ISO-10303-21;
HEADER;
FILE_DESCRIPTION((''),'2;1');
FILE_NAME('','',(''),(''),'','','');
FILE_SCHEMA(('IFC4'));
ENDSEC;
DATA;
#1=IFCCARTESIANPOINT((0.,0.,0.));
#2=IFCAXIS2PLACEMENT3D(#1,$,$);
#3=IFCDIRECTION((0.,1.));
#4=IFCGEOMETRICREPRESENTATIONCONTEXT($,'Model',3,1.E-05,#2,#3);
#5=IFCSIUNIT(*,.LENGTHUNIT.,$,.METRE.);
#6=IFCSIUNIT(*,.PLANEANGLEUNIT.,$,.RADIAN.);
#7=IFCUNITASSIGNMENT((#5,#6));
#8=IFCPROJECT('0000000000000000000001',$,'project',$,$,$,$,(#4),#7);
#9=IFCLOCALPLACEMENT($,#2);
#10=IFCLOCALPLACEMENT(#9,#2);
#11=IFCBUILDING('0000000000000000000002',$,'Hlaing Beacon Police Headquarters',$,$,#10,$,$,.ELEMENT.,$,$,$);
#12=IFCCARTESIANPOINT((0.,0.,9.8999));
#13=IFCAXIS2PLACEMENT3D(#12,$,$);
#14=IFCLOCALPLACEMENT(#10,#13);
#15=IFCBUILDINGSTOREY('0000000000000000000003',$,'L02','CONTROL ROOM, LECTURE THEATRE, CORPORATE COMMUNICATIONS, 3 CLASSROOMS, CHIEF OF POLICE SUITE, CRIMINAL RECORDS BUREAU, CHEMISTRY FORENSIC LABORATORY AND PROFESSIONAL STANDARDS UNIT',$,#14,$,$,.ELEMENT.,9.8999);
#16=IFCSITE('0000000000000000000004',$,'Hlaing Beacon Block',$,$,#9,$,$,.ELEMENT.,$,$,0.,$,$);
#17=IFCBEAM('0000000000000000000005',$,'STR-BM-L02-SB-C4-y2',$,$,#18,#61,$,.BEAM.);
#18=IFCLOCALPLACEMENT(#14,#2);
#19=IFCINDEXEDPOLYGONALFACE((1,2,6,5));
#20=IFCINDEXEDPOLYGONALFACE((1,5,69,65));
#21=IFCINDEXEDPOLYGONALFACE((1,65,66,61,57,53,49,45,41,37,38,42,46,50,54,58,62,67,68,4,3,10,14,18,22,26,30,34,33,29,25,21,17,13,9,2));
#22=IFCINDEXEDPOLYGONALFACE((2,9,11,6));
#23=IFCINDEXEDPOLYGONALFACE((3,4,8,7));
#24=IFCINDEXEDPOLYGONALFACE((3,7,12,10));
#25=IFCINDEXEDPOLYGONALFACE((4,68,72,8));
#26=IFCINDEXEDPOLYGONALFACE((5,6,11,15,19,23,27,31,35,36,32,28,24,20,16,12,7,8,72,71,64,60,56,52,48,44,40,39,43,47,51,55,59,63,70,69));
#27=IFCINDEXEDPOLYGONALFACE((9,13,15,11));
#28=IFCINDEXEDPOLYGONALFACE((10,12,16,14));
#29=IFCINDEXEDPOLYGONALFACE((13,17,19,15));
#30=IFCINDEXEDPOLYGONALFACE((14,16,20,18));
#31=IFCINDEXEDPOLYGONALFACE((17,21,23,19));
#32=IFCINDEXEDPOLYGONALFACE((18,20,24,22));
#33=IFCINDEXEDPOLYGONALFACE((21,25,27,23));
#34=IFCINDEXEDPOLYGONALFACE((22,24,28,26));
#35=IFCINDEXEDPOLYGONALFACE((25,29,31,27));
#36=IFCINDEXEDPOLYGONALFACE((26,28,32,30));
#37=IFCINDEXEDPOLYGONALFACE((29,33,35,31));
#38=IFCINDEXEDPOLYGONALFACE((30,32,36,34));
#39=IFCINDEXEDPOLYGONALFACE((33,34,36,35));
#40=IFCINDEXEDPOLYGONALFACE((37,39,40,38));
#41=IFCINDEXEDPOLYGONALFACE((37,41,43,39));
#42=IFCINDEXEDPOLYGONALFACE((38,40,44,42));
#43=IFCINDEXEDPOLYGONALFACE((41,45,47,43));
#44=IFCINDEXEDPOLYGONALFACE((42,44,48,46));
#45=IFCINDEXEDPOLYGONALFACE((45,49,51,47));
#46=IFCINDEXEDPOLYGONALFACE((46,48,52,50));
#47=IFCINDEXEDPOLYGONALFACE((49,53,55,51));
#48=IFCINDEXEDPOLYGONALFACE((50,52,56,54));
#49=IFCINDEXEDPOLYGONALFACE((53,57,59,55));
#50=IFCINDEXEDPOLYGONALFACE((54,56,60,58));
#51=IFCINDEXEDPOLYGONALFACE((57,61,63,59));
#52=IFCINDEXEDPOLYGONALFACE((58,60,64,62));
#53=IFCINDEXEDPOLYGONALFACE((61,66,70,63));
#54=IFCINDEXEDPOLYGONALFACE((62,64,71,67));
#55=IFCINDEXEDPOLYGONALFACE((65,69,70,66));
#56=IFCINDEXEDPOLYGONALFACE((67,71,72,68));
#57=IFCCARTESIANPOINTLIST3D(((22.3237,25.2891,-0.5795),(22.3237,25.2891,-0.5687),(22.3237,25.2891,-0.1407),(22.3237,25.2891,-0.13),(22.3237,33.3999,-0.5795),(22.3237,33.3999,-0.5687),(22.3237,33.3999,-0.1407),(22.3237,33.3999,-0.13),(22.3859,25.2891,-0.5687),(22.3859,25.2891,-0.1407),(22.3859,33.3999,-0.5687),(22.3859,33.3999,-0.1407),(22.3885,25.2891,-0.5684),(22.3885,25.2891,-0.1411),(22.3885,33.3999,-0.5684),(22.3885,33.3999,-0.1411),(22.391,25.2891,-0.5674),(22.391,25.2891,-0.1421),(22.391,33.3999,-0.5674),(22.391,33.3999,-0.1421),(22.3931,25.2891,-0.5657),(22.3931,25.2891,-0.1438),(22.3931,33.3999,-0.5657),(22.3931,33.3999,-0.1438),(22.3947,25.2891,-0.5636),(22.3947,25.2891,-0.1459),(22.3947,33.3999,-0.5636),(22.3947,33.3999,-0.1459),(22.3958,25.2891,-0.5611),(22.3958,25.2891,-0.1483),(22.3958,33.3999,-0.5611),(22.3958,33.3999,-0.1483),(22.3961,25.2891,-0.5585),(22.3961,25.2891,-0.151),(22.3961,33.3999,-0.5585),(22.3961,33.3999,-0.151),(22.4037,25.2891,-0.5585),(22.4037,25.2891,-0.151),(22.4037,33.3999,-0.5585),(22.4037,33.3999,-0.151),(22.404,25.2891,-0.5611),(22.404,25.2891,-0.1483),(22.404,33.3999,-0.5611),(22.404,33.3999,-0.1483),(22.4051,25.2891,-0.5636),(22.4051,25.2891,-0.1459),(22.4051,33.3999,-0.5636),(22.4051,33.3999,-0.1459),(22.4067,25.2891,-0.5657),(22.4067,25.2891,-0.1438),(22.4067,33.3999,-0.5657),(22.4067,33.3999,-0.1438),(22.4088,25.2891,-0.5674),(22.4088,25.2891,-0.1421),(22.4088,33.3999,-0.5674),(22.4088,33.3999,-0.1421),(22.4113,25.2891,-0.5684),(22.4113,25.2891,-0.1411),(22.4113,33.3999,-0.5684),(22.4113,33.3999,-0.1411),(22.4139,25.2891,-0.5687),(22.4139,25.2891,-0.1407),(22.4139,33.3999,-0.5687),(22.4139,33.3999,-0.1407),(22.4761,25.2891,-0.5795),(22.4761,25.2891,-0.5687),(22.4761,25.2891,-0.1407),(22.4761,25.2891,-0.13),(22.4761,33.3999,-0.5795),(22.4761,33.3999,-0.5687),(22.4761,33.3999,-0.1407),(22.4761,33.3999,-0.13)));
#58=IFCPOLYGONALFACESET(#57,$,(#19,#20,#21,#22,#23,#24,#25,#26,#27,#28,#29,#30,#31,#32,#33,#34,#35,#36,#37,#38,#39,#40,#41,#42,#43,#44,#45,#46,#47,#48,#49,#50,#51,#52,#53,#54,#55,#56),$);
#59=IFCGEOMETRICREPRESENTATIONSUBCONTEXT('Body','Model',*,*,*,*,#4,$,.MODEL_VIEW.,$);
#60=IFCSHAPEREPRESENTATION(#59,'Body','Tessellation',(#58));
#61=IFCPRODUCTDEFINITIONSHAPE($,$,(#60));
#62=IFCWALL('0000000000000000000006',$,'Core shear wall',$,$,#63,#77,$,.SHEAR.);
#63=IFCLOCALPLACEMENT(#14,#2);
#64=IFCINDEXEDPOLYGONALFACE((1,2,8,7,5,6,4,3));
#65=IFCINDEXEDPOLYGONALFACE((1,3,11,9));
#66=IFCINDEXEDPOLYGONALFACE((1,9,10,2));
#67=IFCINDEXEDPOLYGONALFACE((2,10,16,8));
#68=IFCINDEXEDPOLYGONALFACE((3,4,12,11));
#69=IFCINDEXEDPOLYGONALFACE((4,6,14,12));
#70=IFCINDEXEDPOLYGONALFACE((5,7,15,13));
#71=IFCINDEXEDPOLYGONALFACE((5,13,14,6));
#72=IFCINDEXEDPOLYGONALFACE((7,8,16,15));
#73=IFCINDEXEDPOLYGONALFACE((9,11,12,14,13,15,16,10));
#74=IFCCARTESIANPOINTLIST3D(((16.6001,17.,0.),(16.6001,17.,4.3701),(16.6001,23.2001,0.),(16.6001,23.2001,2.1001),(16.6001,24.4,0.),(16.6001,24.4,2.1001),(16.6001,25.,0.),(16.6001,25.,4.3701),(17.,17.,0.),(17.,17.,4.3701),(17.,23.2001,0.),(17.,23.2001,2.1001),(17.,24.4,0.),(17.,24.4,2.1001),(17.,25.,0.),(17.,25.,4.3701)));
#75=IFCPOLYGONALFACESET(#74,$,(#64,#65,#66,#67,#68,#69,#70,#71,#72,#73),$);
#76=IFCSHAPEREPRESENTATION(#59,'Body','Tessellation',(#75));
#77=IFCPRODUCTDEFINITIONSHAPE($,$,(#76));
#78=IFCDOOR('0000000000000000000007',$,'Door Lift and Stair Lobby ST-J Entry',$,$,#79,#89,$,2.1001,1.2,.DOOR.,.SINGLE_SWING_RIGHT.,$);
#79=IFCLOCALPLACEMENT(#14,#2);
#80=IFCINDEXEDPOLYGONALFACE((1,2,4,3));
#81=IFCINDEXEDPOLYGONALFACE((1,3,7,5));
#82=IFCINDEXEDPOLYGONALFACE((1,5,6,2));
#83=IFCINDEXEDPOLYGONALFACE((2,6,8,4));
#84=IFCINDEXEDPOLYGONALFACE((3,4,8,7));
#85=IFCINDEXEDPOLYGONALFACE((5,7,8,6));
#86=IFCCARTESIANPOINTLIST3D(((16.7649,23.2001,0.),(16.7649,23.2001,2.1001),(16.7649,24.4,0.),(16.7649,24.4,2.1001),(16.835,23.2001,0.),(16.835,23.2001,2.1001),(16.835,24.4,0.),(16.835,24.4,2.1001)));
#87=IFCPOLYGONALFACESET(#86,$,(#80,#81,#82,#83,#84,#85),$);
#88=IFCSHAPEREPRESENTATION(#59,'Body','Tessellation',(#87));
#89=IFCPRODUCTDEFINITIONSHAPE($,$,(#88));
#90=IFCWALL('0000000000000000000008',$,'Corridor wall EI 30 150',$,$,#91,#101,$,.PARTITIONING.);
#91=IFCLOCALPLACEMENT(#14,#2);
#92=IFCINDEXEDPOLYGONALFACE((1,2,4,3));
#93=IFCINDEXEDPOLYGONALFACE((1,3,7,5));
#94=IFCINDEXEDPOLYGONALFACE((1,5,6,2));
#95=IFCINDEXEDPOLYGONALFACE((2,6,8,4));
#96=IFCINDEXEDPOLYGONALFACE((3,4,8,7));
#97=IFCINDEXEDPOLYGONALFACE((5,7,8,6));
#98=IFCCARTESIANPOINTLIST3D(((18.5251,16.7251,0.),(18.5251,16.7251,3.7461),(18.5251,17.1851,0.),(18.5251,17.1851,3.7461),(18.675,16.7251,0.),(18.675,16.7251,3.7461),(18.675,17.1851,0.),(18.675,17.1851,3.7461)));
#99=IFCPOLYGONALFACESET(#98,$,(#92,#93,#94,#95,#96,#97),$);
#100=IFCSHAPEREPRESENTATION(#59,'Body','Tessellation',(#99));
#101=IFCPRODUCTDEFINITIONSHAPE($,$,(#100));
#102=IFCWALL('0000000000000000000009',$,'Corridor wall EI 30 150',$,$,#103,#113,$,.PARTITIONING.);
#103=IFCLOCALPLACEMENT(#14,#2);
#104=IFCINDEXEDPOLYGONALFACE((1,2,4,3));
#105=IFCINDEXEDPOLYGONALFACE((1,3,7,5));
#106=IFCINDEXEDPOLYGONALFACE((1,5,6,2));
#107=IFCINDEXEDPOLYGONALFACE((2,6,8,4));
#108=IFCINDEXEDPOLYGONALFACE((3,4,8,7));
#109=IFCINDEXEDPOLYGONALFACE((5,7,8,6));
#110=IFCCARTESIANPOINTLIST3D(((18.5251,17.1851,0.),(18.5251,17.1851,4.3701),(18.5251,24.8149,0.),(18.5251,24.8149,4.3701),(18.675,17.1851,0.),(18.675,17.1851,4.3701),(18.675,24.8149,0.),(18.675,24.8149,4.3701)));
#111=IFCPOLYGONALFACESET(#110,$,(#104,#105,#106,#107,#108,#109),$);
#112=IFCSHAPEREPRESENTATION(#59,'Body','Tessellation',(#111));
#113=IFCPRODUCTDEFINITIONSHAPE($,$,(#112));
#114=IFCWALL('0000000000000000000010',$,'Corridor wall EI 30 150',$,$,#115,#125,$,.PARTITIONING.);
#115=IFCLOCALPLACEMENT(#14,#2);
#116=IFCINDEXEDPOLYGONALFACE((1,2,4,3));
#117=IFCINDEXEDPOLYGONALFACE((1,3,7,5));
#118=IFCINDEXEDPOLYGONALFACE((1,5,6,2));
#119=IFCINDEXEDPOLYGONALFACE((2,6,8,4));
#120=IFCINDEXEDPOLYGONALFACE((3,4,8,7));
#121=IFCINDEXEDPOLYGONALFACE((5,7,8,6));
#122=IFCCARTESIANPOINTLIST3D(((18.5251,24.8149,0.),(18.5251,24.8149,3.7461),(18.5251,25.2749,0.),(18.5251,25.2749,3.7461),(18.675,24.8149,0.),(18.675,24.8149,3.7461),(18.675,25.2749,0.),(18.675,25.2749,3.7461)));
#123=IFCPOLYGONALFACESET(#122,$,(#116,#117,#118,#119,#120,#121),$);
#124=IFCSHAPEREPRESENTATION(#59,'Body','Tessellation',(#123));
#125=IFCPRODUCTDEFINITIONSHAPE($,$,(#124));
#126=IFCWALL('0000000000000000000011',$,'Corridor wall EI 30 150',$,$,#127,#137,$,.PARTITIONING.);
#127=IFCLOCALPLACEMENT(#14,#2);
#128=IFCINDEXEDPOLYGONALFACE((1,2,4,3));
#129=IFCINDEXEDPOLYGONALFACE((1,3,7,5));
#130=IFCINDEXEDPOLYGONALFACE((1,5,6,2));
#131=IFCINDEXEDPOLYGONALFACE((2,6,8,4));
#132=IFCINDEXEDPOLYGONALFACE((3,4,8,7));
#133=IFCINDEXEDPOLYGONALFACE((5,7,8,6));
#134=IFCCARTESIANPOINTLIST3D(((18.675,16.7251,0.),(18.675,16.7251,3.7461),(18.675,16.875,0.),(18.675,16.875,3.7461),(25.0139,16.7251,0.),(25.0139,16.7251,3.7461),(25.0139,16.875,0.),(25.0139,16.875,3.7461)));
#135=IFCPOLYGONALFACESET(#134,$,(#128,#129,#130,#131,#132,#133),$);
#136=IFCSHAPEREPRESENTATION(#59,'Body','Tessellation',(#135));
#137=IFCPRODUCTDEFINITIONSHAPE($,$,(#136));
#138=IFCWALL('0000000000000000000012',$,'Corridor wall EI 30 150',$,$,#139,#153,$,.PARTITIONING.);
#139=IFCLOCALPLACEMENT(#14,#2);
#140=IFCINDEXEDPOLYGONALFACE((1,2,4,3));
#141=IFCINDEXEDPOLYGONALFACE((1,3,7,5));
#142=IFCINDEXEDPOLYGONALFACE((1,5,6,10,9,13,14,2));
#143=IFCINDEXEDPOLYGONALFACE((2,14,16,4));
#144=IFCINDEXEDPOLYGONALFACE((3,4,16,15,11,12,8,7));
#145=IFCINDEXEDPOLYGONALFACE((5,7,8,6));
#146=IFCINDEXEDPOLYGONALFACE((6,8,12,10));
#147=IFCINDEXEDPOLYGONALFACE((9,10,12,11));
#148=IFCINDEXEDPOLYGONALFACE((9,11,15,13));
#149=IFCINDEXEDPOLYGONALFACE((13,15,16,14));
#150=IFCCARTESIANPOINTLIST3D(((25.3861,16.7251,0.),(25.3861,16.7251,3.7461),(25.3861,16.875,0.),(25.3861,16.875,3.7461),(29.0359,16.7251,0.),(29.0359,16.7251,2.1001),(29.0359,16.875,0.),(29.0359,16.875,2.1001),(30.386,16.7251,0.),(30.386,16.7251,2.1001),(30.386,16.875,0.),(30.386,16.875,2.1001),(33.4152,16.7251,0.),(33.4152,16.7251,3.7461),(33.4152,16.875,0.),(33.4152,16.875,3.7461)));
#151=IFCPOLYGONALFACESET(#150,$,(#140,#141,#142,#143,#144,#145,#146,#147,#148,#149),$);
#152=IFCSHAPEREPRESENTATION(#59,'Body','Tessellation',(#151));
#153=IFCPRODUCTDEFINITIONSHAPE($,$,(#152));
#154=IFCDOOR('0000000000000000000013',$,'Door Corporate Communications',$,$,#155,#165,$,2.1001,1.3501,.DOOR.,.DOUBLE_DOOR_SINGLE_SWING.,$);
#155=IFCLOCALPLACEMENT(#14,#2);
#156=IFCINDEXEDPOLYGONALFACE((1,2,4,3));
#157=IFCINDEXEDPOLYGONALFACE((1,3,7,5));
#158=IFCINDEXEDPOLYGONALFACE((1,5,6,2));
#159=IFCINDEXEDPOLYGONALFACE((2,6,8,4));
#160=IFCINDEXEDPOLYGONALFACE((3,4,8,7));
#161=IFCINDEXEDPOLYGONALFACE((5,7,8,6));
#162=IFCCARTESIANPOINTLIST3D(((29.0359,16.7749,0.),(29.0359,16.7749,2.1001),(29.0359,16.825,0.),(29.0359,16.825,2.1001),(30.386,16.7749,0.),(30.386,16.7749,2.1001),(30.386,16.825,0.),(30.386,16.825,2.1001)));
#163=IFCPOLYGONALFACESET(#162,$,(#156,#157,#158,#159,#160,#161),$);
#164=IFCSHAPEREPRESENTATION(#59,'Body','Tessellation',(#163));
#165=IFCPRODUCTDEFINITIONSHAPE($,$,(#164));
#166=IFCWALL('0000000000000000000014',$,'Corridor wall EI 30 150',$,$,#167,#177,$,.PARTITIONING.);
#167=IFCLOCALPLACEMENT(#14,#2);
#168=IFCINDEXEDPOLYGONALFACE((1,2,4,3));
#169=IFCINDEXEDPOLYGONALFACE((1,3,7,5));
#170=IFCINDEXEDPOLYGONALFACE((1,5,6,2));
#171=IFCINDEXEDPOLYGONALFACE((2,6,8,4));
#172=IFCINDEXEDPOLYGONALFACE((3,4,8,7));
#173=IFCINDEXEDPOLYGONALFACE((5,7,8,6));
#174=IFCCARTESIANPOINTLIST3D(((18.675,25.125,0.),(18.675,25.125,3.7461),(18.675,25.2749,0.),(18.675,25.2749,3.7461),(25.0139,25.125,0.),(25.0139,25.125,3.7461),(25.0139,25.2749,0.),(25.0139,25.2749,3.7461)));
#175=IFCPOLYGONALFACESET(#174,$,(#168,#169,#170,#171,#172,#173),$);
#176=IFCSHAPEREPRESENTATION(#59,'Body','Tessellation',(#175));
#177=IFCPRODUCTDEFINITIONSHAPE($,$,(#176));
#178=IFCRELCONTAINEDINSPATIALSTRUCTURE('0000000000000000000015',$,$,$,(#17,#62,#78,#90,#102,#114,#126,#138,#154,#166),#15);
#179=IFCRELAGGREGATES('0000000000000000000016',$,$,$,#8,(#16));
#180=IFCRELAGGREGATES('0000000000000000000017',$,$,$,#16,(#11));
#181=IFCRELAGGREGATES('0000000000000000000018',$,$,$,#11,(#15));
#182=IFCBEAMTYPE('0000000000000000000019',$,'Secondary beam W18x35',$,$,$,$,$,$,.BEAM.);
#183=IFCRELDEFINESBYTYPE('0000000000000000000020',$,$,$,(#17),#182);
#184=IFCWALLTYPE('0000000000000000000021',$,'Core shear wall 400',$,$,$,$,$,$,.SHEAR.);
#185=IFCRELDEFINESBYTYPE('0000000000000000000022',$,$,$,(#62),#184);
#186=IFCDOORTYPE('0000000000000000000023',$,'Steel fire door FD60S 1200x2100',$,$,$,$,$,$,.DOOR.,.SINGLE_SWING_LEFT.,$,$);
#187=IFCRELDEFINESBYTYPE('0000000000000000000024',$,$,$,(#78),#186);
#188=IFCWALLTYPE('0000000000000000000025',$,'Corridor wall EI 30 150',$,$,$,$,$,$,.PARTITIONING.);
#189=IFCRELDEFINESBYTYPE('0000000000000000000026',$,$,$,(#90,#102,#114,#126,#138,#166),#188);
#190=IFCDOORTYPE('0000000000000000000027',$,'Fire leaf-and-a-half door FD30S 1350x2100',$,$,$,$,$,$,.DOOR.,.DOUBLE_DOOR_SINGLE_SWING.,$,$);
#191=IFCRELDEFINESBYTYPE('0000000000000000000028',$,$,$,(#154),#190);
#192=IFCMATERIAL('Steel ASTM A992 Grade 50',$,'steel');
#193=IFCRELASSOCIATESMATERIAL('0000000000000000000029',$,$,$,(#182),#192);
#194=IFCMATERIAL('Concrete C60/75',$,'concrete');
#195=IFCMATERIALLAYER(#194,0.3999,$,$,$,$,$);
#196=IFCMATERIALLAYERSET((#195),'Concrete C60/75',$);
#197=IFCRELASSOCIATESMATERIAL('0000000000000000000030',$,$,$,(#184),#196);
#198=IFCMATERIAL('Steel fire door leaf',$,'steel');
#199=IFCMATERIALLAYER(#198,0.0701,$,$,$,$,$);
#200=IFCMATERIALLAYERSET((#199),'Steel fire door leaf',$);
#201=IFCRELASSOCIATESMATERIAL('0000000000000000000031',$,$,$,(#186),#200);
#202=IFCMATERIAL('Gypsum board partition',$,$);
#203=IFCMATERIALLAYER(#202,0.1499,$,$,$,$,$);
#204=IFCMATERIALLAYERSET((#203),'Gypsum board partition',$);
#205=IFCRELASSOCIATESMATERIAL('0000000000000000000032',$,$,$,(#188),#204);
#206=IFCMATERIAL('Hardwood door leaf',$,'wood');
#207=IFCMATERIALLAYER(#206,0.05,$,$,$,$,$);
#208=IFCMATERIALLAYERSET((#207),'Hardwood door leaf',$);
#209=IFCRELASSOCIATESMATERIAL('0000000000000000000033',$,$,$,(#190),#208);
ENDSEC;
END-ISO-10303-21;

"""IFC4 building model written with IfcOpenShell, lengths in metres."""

from ifc_helpers import new_model, si_unit, direction, frame, frame_2d, origin, origin_2d, place, context, subcontext, project, spatial, rectangle, i_section, extrude, material, layer, layer_set, material_profile, profile_set, type_object, element, fill, save


model = new_model("IFC4")

# Units and contexts
model_context = context("Model", 3, precision=1e-05, world=origin(), true_north=direction((0.0, 1.0)))
body_context = subcontext(model_context, "Body", "Model", "MODEL_VIEW")
ifc_project = project(units=[si_unit("LENGTHUNIT", "METRE"), si_unit("PLANEANGLEUNIT", "RADIAN")], contexts=[model_context])

# Site, building, storey
site_placement = place(None, origin())
site = spatial("IfcSite", under=ifc_project, at=site_placement, Name="Hlaing Beacon Block", CompositionType="ELEMENT", RefElevation=0.0)
building_placement = place(site_placement, origin())
building = spatial("IfcBuilding", under=site, at=building_placement, Name="Hlaing Beacon Police Headquarters", CompositionType="ELEMENT")
storey_placement = place(building_placement, frame((0.0, 0.0, 9.8999)))
storey = spatial("IfcBuildingStorey", under=building, at=storey_placement, Name="L02", Description="CONTROL ROOM, LECTURE THEATRE, CORPORATE COMMUNICATIONS, 3 CLASSROOMS, CHIEF OF POLICE SUITE, CRIMINAL RECORDS BUREAU, CHEMISTRY FORENSIC LABORATORY AND PROFESSIONAL STANDARDS UNIT", CompositionType="ELEMENT", Elevation=9.8999)

# Beam
ifc_material_1 = material(Name="Steel ASTM A992 Grade 50", Category="steel")
ifc_material_profile_1 = material_profile(ifc_material_1, i_section(OverallWidth=0.1523, OverallDepth=0.4495, WebThickness=0.0076, FlangeThickness=0.0107, FilletRadius=0.0103, at=origin_2d()), Name="W18x35")
ifc_profile_set_1 = profile_set([ifc_material_profile_1], Name="Steel ASTM A992 Grade 50")
beam_type_1 = type_object("IfcBeamType", Name="Secondary beam W18x35", PredefinedType="BEAM", material=ifc_profile_set_1)
for number, where, z_axis, x_axis, name in (
    (1, (22.3999, 25.2891, -0.3547), (0.0, 1.0, 0.0), (-1.0, 0.0, 0.0), "STR-BM-L02-SB-C4-y2"),
):
    element("IfcBeam", number, at=place(storey_placement, frame(where, z_axis=z_axis, x_axis=x_axis)), inside=storey, type_object=beam_type_1, Name=name, PredefinedType="BEAM", context=body_context, shape_type="SweptSolid", body=[
        extrude(i_section(OverallWidth=0.1523, OverallDepth=0.4495, WebThickness=0.0076, FlangeThickness=0.0107, FilletRadius=0.0103, at=origin_2d()), origin(), (0.0, 0.0, 1.0), 8.1108),
    ])

# Wall, opening, door
ifc_material_2 = material(Name="Concrete C60/75", Category="concrete")
ifc_layer_1 = layer(ifc_material_2, 0.3999)
ifc_layer_set_1 = layer_set([ifc_layer_1], Name="Concrete C60/75")
wall_type_1 = type_object("IfcWallType", Name="Core shear wall 400", PredefinedType="SHEAR", material=ifc_layer_set_1)
wall_1_placement = place(storey_placement, frame((16.8, 17.0, 0.0), z_axis=(0.0, 0.0, 1.0), x_axis=(0.0, 1.0, 0.0)))
wall_1 = element("IfcWall", 2, at=wall_1_placement, inside=storey, type_object=wall_type_1, Name="Core shear wall", PredefinedType="SHEAR", context=body_context, shape_type="SweptSolid", body=[
    extrude(rectangle(XDim=8.0, YDim=0.3999, at=frame_2d((4.0, 0.0))), origin(), (0.0, 0.0, 1.0), 4.3701),
])
opening_1_placement = place(wall_1_placement, frame((6.2, 0.0, 0.0)))
opening_1 = element("IfcOpeningElement", 3, at=opening_1_placement, cuts=wall_1, PredefinedType="OPENING", context=body_context, shape_type="SweptSolid", body=[
    extrude(rectangle(XDim=1.2, YDim=2.1001, at=frame_2d((0.6001, 1.05))), frame((0.0, 0.21, 0.0), z_axis=(0.0, -1.0, 0.0), x_axis=(1.0, 0.0, 0.0)), (0.0, 0.0, 1.0), 0.4199),
])
ifc_material_3 = material(Name="Steel fire door leaf", Category="steel")
ifc_layer_2 = layer(ifc_material_3, 0.0701)
ifc_layer_set_2 = layer_set([ifc_layer_2], Name="Steel fire door leaf")
door_type_1 = type_object("IfcDoorType", Name="Steel fire door FD60S 1200x2100", OperationType="SINGLE_SWING_LEFT", PredefinedType="DOOR", material=ifc_layer_set_2)
door_1_placement = place(opening_1_placement, origin())
door_1 = element("IfcDoor", 4, at=door_1_placement, inside=storey, type_object=door_type_1, Name="Door Lift and Stair Lobby ST-J Entry", OperationType="SINGLE_SWING_RIGHT", OverallHeight=2.1001, OverallWidth=1.2, PredefinedType="DOOR", context=body_context, shape_type="SweptSolid", body=[
    extrude(rectangle(XDim=1.2, YDim=2.1001, at=frame_2d((0.6001, 1.05))), frame((0.0, 0.0352, 0.0), z_axis=(0.0, -1.0, 0.0), x_axis=(1.0, 0.0, 0.0)), (0.0, 0.0, 1.0), 0.0701),
])
fill(opening_1, door_1)

# Walls
ifc_material_4 = material(Name="Gypsum board partition")
ifc_layer_3 = layer(ifc_material_4, 0.1499)
ifc_layer_set_3 = layer_set([ifc_layer_3], Name="Gypsum board partition")
wall_type_2 = type_object("IfcWallType", Name="Corridor wall EI 30 150", PredefinedType="PARTITIONING", material=ifc_layer_set_3)
wall_2_placement = place(storey_placement, frame((18.6001, 16.7251, 0.0), z_axis=(0.0, 0.0, 1.0), x_axis=(0.0, 1.0, 0.0)))
element("IfcWall", 5, at=wall_2_placement, inside=storey, type_object=wall_type_2, Name="Corridor wall EI 30 150", PredefinedType="PARTITIONING", context=body_context, shape_type="SweptSolid", body=[
    extrude(rectangle(XDim=0.46, YDim=0.1499, at=frame_2d((0.23, 0.0))), origin(), (0.0, 0.0, 1.0), 3.7461),
])
wall_3_placement = place(storey_placement, frame((18.6001, 17.1851, 0.0), z_axis=(0.0, 0.0, 1.0), x_axis=(0.0, 1.0, 0.0)))
element("IfcWall", 6, at=wall_3_placement, inside=storey, type_object=wall_type_2, Name="Corridor wall EI 30 150", PredefinedType="PARTITIONING", context=body_context, shape_type="SweptSolid", body=[
    extrude(rectangle(XDim=7.6299, YDim=0.1499, at=frame_2d((3.8149, 0.0))), origin(), (0.0, 0.0, 1.0), 4.3701),
])
wall_4_placement = place(storey_placement, frame((18.6001, 24.8149, 0.0), z_axis=(0.0, 0.0, 1.0), x_axis=(0.0, 1.0, 0.0)))
element("IfcWall", 7, at=wall_4_placement, inside=storey, type_object=wall_type_2, Name="Corridor wall EI 30 150", PredefinedType="PARTITIONING", context=body_context, shape_type="SweptSolid", body=[
    extrude(rectangle(XDim=0.46, YDim=0.1499, at=frame_2d((0.23, 0.0))), origin(), (0.0, 0.0, 1.0), 3.7461),
])
wall_5_placement = place(storey_placement, frame((18.675, 16.8, 0.0), z_axis=(0.0, 0.0, 1.0), x_axis=(1.0, 0.0, 0.0)))
element("IfcWall", 8, at=wall_5_placement, inside=storey, type_object=wall_type_2, Name="Corridor wall EI 30 150", PredefinedType="PARTITIONING", context=body_context, shape_type="SweptSolid", body=[
    extrude(rectangle(XDim=6.3389, YDim=0.1499, at=frame_2d((3.1694, 0.0))), origin(), (0.0, 0.0, 1.0), 3.7461),
])

# Wall, opening, door
wall_6_placement = place(storey_placement, frame((25.386, 16.8, 0.0), z_axis=(0.0, 0.0, 1.0), x_axis=(1.0, 0.0, 0.0)))
wall_6 = element("IfcWall", 9, at=wall_6_placement, inside=storey, type_object=wall_type_2, Name="Corridor wall EI 30 150", PredefinedType="PARTITIONING", context=body_context, shape_type="SweptSolid", body=[
    extrude(rectangle(XDim=8.0291, YDim=0.1499, at=frame_2d((4.0146, 0.0))), origin(), (0.0, 0.0, 1.0), 3.7461),
])
opening_2_placement = place(wall_6_placement, frame((3.6499, 0.0, 0.0)))
opening_2 = element("IfcOpeningElement", 10, at=opening_2_placement, cuts=wall_6, PredefinedType="OPENING", context=body_context, shape_type="SweptSolid", body=[
    extrude(rectangle(XDim=1.3501, YDim=2.1001, at=frame_2d((0.675, 1.05))), frame((0.0, 0.085, 0.0), z_axis=(0.0, -1.0, 0.0), x_axis=(1.0, 0.0, 0.0)), (0.0, 0.0, 1.0), 0.1699),
])
ifc_material_5 = material(Name="Hardwood door leaf", Category="wood")
ifc_layer_4 = layer(ifc_material_5, 0.05)
ifc_layer_set_4 = layer_set([ifc_layer_4], Name="Hardwood door leaf")
door_type_2 = type_object("IfcDoorType", Name="Fire leaf-and-a-half door FD30S 1350x2100", OperationType="DOUBLE_DOOR_SINGLE_SWING", PredefinedType="DOOR", material=ifc_layer_set_4)
door_2_placement = place(opening_2_placement, origin())
door_2 = element("IfcDoor", 11, at=door_2_placement, inside=storey, type_object=door_type_2, Name="Door Corporate Communications", OperationType="DOUBLE_DOOR_SINGLE_SWING", OverallHeight=2.1001, OverallWidth=1.3501, PredefinedType="DOOR", context=body_context, shape_type="SweptSolid", body=[
    extrude(rectangle(XDim=1.3501, YDim=2.1001, at=frame_2d((0.675, 1.05))), frame((0.0, 0.0249, 0.0), z_axis=(0.0, -1.0, 0.0), x_axis=(1.0, 0.0, 0.0)), (0.0, 0.0, 1.0), 0.05),
])
fill(opening_2, door_2)

# Wall
wall_7_placement = place(storey_placement, frame((18.675, 25.2, 0.0), z_axis=(0.0, 0.0, 1.0), x_axis=(1.0, 0.0, 0.0)))
element("IfcWall", 12, at=wall_7_placement, inside=storey, type_object=wall_type_2, Name="Corridor wall EI 30 150", PredefinedType="PARTITIONING", context=body_context, shape_type="SweptSolid", body=[
    extrude(rectangle(XDim=6.3389, YDim=0.1499, at=frame_2d((3.1694, 0.0))), origin(), (0.0, 0.0, 1.0), 3.7461),
])

save(model, "model.ifc")
